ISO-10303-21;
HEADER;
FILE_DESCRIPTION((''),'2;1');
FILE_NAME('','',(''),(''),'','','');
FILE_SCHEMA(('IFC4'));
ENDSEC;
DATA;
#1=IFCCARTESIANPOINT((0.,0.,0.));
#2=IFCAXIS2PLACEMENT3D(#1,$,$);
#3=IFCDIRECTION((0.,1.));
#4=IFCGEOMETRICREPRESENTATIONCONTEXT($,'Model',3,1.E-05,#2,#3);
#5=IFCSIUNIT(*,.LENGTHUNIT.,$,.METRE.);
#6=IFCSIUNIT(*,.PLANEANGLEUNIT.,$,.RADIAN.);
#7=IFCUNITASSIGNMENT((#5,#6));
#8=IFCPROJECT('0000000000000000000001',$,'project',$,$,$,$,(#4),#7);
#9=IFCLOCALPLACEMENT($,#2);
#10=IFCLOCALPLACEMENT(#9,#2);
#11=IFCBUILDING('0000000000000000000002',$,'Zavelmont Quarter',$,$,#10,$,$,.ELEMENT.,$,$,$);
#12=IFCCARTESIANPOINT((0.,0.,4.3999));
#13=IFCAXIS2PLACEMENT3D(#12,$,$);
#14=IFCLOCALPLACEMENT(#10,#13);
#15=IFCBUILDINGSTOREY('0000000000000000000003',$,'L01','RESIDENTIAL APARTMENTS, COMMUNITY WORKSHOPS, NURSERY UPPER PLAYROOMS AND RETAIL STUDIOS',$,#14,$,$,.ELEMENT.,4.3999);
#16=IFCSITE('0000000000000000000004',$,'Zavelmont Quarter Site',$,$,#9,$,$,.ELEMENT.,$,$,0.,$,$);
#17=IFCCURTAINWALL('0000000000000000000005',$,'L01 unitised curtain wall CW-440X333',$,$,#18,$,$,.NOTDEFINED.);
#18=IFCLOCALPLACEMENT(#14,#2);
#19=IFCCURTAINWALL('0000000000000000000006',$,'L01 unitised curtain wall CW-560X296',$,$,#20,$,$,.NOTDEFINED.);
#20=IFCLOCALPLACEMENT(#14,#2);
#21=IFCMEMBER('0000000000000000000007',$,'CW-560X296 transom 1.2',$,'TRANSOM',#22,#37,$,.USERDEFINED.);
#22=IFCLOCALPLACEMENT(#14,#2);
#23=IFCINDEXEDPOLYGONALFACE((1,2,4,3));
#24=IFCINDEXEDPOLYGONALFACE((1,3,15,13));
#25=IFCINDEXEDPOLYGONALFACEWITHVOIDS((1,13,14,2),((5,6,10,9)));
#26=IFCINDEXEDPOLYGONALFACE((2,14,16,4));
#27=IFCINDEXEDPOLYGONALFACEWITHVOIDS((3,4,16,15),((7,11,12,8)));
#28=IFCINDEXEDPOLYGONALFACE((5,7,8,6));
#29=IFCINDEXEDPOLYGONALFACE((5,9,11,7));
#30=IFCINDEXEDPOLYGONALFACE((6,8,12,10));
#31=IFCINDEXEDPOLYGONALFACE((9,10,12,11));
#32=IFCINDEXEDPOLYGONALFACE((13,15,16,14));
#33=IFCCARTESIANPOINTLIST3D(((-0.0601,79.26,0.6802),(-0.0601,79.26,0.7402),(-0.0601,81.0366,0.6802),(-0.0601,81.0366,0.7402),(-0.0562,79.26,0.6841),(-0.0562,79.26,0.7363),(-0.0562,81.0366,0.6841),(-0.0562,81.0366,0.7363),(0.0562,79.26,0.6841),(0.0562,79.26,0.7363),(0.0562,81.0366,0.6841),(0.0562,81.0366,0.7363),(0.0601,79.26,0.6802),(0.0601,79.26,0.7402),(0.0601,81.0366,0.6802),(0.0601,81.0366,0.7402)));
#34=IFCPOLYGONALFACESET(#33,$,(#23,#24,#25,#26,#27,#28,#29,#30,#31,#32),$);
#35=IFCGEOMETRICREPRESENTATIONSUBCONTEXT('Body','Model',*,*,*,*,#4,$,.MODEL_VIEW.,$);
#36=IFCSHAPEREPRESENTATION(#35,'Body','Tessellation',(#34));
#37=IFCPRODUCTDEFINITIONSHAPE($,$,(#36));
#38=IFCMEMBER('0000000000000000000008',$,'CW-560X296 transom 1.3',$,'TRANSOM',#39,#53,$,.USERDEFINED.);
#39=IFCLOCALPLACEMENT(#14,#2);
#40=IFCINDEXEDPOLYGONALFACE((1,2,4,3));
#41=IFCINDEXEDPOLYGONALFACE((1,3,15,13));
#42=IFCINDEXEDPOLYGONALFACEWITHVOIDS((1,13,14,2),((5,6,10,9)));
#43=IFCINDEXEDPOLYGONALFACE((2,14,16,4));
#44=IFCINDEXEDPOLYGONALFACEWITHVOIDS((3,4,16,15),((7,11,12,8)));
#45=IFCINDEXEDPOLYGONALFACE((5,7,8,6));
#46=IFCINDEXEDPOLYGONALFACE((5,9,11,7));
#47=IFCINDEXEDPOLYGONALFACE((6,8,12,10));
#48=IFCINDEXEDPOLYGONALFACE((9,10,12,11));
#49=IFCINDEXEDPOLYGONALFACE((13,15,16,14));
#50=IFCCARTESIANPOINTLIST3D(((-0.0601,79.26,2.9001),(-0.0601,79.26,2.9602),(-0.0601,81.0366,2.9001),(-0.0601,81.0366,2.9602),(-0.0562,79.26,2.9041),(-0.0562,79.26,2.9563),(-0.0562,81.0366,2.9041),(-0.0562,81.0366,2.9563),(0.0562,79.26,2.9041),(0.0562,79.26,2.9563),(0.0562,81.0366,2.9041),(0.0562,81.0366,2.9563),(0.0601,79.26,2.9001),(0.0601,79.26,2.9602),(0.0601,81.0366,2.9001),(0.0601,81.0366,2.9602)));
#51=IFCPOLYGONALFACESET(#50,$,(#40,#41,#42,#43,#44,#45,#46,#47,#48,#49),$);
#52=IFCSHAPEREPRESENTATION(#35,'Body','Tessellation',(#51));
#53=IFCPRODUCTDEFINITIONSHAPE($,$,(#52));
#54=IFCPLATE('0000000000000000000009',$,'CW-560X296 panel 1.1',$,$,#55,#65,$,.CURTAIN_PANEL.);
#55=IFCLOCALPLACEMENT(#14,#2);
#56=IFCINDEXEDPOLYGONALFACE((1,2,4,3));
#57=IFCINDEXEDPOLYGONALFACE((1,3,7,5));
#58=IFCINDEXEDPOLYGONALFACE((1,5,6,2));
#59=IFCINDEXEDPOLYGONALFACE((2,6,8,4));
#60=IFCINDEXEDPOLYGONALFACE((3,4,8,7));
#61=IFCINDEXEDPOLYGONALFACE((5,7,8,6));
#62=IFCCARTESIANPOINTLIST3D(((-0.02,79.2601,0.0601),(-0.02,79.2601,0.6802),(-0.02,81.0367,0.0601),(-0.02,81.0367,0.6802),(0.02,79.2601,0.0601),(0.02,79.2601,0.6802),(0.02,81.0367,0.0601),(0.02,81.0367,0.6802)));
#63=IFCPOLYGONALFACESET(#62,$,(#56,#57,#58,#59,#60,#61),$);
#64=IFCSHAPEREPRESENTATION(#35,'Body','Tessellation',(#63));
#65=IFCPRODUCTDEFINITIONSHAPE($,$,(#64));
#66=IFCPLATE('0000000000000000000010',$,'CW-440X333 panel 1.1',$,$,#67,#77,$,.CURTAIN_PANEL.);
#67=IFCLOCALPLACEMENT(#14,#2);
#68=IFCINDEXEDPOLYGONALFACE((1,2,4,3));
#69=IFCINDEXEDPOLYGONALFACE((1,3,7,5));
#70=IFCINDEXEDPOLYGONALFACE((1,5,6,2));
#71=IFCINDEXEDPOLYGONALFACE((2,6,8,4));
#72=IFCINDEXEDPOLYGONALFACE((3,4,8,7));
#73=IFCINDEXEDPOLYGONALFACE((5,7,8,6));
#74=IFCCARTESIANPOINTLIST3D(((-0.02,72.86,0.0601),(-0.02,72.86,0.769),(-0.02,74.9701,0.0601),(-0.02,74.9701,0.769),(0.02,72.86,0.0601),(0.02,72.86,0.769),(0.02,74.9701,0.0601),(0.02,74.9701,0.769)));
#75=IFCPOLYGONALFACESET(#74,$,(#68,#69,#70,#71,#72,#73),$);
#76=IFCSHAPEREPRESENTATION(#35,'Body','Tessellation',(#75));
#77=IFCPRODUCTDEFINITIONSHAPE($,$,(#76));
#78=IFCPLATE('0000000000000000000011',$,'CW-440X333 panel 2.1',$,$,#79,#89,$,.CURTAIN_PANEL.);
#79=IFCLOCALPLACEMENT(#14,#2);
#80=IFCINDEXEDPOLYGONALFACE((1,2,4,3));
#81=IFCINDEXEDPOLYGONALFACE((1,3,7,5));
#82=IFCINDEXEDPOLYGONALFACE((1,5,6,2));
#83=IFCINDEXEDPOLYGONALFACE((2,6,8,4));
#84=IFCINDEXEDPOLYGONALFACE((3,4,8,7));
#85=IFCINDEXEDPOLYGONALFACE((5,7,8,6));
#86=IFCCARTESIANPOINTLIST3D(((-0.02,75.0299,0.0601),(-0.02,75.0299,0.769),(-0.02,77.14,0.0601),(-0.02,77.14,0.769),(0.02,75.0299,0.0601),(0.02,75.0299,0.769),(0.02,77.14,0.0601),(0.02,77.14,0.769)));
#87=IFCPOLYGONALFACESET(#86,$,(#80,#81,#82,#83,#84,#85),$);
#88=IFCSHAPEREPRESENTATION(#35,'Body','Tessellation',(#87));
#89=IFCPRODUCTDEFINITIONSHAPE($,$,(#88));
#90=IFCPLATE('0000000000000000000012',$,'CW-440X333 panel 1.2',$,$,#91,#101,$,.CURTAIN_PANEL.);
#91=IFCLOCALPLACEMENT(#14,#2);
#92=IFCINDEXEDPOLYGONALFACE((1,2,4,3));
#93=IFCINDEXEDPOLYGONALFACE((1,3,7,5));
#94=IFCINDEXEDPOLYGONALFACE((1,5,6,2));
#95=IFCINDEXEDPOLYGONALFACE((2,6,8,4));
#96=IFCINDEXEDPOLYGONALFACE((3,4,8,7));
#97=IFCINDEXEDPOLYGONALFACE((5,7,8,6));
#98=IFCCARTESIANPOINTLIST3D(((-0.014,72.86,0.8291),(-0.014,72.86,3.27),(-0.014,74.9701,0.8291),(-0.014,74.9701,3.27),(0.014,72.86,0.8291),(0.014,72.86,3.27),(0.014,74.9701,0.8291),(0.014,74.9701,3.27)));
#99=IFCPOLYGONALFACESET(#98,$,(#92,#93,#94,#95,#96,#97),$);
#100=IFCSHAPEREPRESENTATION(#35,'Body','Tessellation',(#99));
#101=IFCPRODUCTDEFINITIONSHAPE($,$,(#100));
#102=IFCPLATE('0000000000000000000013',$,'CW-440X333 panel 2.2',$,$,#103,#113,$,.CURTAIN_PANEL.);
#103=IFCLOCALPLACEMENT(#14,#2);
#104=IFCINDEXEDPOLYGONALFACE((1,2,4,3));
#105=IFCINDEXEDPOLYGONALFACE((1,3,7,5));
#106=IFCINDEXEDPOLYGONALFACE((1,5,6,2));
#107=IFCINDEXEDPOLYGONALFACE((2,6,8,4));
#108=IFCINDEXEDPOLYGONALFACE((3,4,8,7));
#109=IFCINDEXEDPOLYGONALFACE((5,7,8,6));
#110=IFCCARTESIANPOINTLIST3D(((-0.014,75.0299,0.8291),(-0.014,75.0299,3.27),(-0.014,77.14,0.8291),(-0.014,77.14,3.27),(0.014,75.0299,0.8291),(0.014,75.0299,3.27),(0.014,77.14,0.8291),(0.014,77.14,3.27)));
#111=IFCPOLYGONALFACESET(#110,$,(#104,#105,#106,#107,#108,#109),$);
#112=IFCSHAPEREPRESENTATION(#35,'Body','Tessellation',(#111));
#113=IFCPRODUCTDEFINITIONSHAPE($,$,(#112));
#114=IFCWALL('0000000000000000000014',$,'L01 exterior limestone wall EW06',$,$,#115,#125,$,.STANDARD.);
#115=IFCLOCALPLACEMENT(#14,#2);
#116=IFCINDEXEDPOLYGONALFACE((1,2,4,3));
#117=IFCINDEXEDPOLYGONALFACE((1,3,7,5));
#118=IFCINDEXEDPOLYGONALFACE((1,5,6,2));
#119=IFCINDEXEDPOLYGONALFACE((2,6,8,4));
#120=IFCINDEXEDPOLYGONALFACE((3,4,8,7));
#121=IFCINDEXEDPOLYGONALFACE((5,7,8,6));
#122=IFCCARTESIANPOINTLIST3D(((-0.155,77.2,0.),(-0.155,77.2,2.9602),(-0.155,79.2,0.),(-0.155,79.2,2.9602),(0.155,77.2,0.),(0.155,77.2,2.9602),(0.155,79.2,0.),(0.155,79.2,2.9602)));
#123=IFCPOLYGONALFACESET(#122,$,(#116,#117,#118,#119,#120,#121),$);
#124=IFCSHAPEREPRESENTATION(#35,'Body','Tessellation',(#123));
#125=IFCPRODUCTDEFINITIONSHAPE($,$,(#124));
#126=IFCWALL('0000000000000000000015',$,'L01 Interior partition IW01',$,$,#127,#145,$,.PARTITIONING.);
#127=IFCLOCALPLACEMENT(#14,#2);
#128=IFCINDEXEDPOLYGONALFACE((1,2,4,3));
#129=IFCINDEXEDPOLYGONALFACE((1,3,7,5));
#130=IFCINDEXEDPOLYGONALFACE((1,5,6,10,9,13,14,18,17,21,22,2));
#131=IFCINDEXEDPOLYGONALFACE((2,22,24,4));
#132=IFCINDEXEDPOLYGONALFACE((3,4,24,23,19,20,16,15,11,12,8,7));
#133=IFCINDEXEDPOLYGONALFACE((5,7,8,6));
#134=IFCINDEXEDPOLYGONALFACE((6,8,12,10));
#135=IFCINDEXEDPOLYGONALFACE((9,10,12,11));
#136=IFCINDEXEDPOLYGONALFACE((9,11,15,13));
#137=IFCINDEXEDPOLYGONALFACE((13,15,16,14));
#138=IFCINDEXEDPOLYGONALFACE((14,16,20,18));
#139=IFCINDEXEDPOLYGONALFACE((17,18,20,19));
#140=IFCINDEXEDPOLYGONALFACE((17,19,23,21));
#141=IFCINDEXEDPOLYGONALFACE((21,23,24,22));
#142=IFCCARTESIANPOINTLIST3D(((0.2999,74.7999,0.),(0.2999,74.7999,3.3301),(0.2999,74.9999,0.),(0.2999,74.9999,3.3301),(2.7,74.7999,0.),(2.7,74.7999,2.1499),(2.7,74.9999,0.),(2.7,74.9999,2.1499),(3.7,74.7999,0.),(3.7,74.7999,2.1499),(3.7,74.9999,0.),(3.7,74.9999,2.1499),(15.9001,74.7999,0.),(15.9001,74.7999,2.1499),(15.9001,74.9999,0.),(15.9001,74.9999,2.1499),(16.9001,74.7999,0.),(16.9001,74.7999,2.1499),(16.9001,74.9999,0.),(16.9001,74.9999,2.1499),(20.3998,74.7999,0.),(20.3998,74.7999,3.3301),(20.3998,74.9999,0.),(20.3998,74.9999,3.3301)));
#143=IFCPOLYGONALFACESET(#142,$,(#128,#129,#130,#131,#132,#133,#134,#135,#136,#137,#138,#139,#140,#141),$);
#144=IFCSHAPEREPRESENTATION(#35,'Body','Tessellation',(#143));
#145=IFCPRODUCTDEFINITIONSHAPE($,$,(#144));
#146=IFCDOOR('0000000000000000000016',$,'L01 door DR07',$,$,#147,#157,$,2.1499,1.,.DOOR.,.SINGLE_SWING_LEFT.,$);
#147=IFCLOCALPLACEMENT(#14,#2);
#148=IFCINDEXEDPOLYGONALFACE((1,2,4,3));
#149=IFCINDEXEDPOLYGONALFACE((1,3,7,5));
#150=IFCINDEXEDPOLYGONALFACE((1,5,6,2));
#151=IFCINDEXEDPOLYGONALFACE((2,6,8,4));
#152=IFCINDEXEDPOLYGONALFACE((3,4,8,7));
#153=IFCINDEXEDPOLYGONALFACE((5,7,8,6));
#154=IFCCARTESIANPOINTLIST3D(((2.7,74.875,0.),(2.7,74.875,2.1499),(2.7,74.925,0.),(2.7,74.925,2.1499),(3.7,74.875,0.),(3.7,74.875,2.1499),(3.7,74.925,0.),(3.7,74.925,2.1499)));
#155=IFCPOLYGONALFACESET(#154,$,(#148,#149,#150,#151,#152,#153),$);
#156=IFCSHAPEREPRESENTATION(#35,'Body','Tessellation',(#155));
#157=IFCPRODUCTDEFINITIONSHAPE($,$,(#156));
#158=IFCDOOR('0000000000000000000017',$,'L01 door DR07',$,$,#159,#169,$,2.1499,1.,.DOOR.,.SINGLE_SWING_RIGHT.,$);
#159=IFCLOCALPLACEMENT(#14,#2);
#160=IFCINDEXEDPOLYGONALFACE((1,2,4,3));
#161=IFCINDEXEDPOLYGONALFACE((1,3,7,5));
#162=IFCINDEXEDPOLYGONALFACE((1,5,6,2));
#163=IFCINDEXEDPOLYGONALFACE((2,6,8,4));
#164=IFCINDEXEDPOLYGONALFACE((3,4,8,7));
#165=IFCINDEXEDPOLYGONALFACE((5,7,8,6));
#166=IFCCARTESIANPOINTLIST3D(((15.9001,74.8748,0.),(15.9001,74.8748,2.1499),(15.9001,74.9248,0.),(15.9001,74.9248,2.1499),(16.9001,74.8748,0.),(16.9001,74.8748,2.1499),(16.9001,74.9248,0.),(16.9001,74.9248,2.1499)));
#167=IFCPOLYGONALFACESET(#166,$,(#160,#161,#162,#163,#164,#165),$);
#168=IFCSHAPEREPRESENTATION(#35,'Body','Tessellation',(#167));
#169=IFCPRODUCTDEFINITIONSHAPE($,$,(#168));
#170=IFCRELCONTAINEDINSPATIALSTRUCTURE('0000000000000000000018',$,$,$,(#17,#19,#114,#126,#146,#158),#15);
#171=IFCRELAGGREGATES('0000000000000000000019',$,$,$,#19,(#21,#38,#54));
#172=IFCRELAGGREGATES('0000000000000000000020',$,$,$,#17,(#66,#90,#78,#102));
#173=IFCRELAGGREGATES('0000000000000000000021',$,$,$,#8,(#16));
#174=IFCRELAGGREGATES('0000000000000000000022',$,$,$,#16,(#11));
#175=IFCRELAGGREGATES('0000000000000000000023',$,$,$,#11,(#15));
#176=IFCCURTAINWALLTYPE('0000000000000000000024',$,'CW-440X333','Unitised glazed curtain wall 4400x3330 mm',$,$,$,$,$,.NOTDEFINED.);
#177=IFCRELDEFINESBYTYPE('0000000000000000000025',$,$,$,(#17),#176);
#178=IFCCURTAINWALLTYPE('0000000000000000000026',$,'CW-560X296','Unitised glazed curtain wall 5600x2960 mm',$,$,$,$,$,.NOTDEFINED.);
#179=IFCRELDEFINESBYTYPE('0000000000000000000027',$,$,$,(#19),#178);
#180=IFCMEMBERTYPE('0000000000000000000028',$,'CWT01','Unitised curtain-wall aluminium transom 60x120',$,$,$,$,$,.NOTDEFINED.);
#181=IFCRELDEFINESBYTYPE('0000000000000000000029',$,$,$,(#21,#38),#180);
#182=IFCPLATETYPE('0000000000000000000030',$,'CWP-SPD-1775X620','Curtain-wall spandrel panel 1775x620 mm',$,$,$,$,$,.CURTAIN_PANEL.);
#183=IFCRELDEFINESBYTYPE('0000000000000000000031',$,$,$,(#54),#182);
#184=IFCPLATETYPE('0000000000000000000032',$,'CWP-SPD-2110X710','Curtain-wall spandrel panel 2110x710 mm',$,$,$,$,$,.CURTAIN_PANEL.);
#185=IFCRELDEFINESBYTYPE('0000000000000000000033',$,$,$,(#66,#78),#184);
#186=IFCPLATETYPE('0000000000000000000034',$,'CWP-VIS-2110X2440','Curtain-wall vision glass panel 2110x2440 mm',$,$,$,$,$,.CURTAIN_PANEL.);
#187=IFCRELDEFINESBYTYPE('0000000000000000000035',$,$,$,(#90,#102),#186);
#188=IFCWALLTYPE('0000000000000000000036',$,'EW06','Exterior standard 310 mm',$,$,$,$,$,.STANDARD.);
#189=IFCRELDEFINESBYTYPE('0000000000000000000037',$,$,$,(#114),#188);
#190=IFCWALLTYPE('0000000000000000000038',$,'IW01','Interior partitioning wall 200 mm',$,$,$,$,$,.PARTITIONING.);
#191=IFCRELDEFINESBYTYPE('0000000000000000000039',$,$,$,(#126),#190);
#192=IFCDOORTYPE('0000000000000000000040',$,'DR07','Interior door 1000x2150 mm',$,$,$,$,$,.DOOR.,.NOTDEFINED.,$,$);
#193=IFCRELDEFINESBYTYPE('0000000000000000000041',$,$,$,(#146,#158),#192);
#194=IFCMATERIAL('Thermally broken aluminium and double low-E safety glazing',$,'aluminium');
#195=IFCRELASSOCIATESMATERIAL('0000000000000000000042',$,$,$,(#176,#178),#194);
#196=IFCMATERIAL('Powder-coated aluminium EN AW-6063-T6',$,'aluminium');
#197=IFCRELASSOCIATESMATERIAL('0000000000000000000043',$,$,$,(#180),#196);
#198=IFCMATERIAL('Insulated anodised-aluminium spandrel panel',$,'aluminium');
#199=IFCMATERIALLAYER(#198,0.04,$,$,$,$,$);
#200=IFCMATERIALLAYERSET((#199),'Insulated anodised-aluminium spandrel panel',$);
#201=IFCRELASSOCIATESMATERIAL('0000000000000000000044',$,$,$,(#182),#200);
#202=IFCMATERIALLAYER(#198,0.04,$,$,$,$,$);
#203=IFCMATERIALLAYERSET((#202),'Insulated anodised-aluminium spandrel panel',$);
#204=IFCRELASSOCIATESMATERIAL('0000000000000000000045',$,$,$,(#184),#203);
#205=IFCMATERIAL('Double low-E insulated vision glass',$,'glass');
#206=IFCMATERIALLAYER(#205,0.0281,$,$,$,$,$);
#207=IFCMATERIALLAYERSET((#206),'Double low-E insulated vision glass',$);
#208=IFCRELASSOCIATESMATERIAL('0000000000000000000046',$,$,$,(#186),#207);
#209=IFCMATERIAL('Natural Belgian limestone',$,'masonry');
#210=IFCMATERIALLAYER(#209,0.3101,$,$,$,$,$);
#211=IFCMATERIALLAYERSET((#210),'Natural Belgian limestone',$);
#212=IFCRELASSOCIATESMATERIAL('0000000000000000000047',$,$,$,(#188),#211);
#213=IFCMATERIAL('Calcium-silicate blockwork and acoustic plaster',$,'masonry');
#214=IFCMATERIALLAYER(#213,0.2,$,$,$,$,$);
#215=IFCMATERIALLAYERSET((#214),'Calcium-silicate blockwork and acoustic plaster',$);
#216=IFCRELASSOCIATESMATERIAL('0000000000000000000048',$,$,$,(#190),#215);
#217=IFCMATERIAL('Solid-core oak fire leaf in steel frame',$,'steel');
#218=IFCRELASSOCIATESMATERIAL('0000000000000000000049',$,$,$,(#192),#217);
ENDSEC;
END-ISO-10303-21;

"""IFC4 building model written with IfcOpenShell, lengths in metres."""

from ifc_helpers import new_model, si_unit, direction, frame, frame_2d, origin, origin_with_axes, origin_2d, place, context, subcontext, project, spatial, rectangle, hollow_rectangle, extrude, material, layer, layer_set, material_profile, profile_set, type_object, element, fill, aggregate, save


model = new_model("IFC4")

# Units and contexts
model_context = context("Model", 3, precision=1e-05, world=origin(), true_north=direction((0.0, 1.0)))
body_context = subcontext(model_context, "Body", "Model", "MODEL_VIEW")
ifc_project = project(units=[si_unit("LENGTHUNIT", "METRE"), si_unit("PLANEANGLEUNIT", "RADIAN")], contexts=[model_context])

# Site, building, storey
site_placement = place(None, origin())
site = spatial("IfcSite", under=ifc_project, at=site_placement, Name="Zavelmont Quarter Site", CompositionType="ELEMENT", RefElevation=0.0)
building_placement = place(site_placement, origin())
building = spatial("IfcBuilding", under=site, at=building_placement, Name="Zavelmont Quarter", CompositionType="ELEMENT")
storey_placement = place(building_placement, frame((0.0, 0.0, 4.3999)))
storey = spatial("IfcBuildingStorey", under=building, at=storey_placement, Name="L01", Description="RESIDENTIAL APARTMENTS, COMMUNITY WORKSHOPS, NURSERY UPPER PLAYROOMS AND RETAIL STUDIOS", CompositionType="ELEMENT", Elevation=4.3999)

# Curtain wall
ifc_material_1 = material(Name="Thermally broken aluminium and double low-E safety glazing", Category="aluminium")
curtain_wall_type_1 = type_object("IfcCurtainWallType", Name="CW-440X333", Description="Unitised glazed curtain wall 4400x3330 mm", PredefinedType="NOTDEFINED", material=ifc_material_1)
curtain_wall_1_placement = place(storey_placement, origin())
curtain_wall_1 = element("IfcCurtainWall", 1, at=curtain_wall_1_placement, inside=storey, type_object=curtain_wall_type_1, Name="L01 unitised curtain wall CW-440X333", PredefinedType="NOTDEFINED")
ifc_material_2 = material(Name="Powder-coated aluminium EN AW-6063-T6", Category="aluminium")

# Curtain wall
curtain_wall_type_2 = type_object("IfcCurtainWallType", Name="CW-560X296", Description="Unitised glazed curtain wall 5600x2960 mm", PredefinedType="NOTDEFINED", material=ifc_material_1)
curtain_wall_2_placement = place(storey_placement, origin())
curtain_wall_2 = element("IfcCurtainWall", 2, at=curtain_wall_2_placement, inside=storey, type_object=curtain_wall_type_2, Name="L01 unitised curtain wall CW-560X296", PredefinedType="NOTDEFINED")

# Members
ifc_material_profile_1 = material_profile(ifc_material_2, hollow_rectangle(XDim=0.1201, YDim=0.0601, WallThickness=0.0039, at=origin_2d()), Name="CWT60X120")
ifc_profile_set_1 = profile_set([ifc_material_profile_1], Name="Powder-coated aluminium EN AW-6063-T6")
member_type_1 = type_object("IfcMemberType", Name="CWT01", Description="Unitised curtain-wall aluminium transom 60x120", PredefinedType="NOTDEFINED", material=ifc_profile_set_1)
member_1_placement = place(storey_placement, frame((0.0, 79.26, 0.7102), z_axis=(0.0, 1.0, 0.0), x_axis=(-1.0, 0.0, 0.0)))
member_1 = element("IfcMember", 3, at=member_1_placement, type_object=member_type_1, Name="CW-560X296 transom 1.2", ObjectType="TRANSOM", PredefinedType="USERDEFINED", context=body_context, shape_type="SweptSolid", body=[
    extrude(hollow_rectangle(XDim=0.1201, YDim=0.0601, WallThickness=0.0039, at=origin_2d()), origin(), (0.0, 0.0, 1.0), 1.7766),
])
member_2_placement = place(storey_placement, frame((0.0, 79.26, 2.9302), z_axis=(0.0, 1.0, 0.0), x_axis=(-1.0, 0.0, 0.0)))
member_2 = element("IfcMember", 4, at=member_2_placement, type_object=member_type_1, Name="CW-560X296 transom 1.3", ObjectType="TRANSOM", PredefinedType="USERDEFINED", context=body_context, shape_type="SweptSolid", body=[
    extrude(hollow_rectangle(XDim=0.1201, YDim=0.0601, WallThickness=0.0039, at=origin_2d()), origin(), (0.0, 0.0, 1.0), 1.7766),
])

# Plates
ifc_material_3 = material(Name="Insulated anodised-aluminium spandrel panel", Category="aluminium")
ifc_layer_1 = layer(ifc_material_3, 0.04)
ifc_layer_set_1 = layer_set([ifc_layer_1], Name="Insulated anodised-aluminium spandrel panel")
plate_type_1 = type_object("IfcPlateType", Name="CWP-SPD-1775X620", Description="Curtain-wall spandrel panel 1775x620 mm", PredefinedType="CURTAIN_PANEL", material=ifc_layer_set_1)
plate_1_placement = place(storey_placement, frame((0.0, 80.1484, 0.0601), z_axis=(0.0, 0.0, 1.0), x_axis=(0.0, 1.0, 0.0)))
plate_1 = element("IfcPlate", 5, at=plate_1_placement, type_object=plate_type_1, Name="CW-560X296 panel 1.1", PredefinedType="CURTAIN_PANEL", context=body_context, shape_type="SweptSolid", body=[
    extrude(rectangle(XDim=1.7766, YDim=0.04, at=origin_2d()), origin(), (0.0, 0.0, 1.0), 0.6201),
])
aggregate(curtain_wall_2, [member_1, member_2, plate_1])
ifc_layer_2 = layer(ifc_material_3, 0.04)
ifc_layer_set_2 = layer_set([ifc_layer_2], Name="Insulated anodised-aluminium spandrel panel")
plate_type_2 = type_object("IfcPlateType", Name="CWP-SPD-2110X710", Description="Curtain-wall spandrel panel 2110x710 mm", PredefinedType="CURTAIN_PANEL", material=ifc_layer_set_2)
plate_2_placement = place(storey_placement, frame((0.0, 73.915, 0.0601), z_axis=(0.0, 0.0, 1.0), x_axis=(0.0, 1.0, 0.0)))
plate_2 = element("IfcPlate", 6, at=plate_2_placement, type_object=plate_type_2, Name="CW-440X333 panel 1.1", PredefinedType="CURTAIN_PANEL", context=body_context, shape_type="SweptSolid", body=[
    extrude(rectangle(XDim=2.1101, YDim=0.04, at=origin_2d()), origin(), (0.0, 0.0, 1.0), 0.709),
])
plate_3_placement = place(storey_placement, frame((0.0, 76.085, 0.0601), z_axis=(0.0, 0.0, 1.0), x_axis=(0.0, 1.0, 0.0)))
plate_3 = element("IfcPlate", 7, at=plate_3_placement, type_object=plate_type_2, Name="CW-440X333 panel 2.1", PredefinedType="CURTAIN_PANEL", context=body_context, shape_type="SweptSolid", body=[
    extrude(rectangle(XDim=2.1101, YDim=0.04, at=origin_2d()), origin(), (0.0, 0.0, 1.0), 0.709),
])
ifc_material_4 = material(Name="Double low-E insulated vision glass", Category="glass")
ifc_layer_3 = layer(ifc_material_4, 0.0281)
ifc_layer_set_3 = layer_set([ifc_layer_3], Name="Double low-E insulated vision glass")
plate_type_3 = type_object("IfcPlateType", Name="CWP-VIS-2110X2440", Description="Curtain-wall vision glass panel 2110x2440 mm", PredefinedType="CURTAIN_PANEL", material=ifc_layer_set_3)
plate_4_placement = place(storey_placement, frame((0.0, 73.915, 0.8291), z_axis=(0.0, 0.0, 1.0), x_axis=(0.0, 1.0, 0.0)))
plate_4 = element("IfcPlate", 8, at=plate_4_placement, type_object=plate_type_3, Name="CW-440X333 panel 1.2", PredefinedType="CURTAIN_PANEL", context=body_context, shape_type="SweptSolid", body=[
    extrude(rectangle(XDim=2.1101, YDim=0.0281, at=origin_2d()), origin(), (0.0, 0.0, 1.0), 2.4409),
])
plate_5_placement = place(storey_placement, frame((0.0, 76.085, 0.8291), z_axis=(0.0, 0.0, 1.0), x_axis=(0.0, 1.0, 0.0)))
plate_5 = element("IfcPlate", 9, at=plate_5_placement, type_object=plate_type_3, Name="CW-440X333 panel 2.2", PredefinedType="CURTAIN_PANEL", context=body_context, shape_type="SweptSolid", body=[
    extrude(rectangle(XDim=2.1101, YDim=0.0281, at=origin_2d()), origin(), (0.0, 0.0, 1.0), 2.4409),
])
aggregate(curtain_wall_1, [plate_2, plate_4, plate_3, plate_5])

# Wall
ifc_material_5 = material(Name="Natural Belgian limestone", Category="masonry")
ifc_layer_4 = layer(ifc_material_5, 0.3101)
ifc_layer_set_4 = layer_set([ifc_layer_4], Name="Natural Belgian limestone")
wall_type_1 = type_object("IfcWallType", Name="EW06", Description="Exterior standard 310 mm", PredefinedType="STANDARD", material=ifc_layer_set_4)
wall_1_placement = place(storey_placement, frame((0.0, 77.2, 0.0), z_axis=(0.0, 0.0, 1.0), x_axis=(0.0, 1.0, 0.0)))
element("IfcWall", 10, at=wall_1_placement, inside=storey, type_object=wall_type_1, Name="L01 exterior limestone wall EW06", PredefinedType="STANDARD", context=body_context, shape_type="SweptSolid", body=[
    extrude(rectangle(XDim=2.0, YDim=0.3101, at=frame_2d((1.0, 0.0))), origin(), (0.0, 0.0, 1.0), 2.9602),
])

# Wall, openings, doors
ifc_material_6 = material(Name="Calcium-silicate blockwork and acoustic plaster", Category="masonry")
ifc_layer_5 = layer(ifc_material_6, 0.2)
ifc_layer_set_5 = layer_set([ifc_layer_5], Name="Calcium-silicate blockwork and acoustic plaster")
wall_type_2 = type_object("IfcWallType", Name="IW01", Description="Interior partitioning wall 200 mm", PredefinedType="PARTITIONING", material=ifc_layer_set_5)
wall_2_placement = place(storey_placement, frame((0.3, 74.8999, 0.0), z_axis=(0.0, 0.0, 1.0), x_axis=(1.0, 0.0, 0.0)))
wall_2 = element("IfcWall", 11, at=wall_2_placement, inside=storey, type_object=wall_type_2, Name="L01 Interior partition IW01", PredefinedType="PARTITIONING", context=body_context, shape_type="SweptSolid", body=[
    extrude(rectangle(XDim=20.0999, YDim=0.2, at=frame_2d((10.0498, 0.0))), origin(), (0.0, 0.0, 1.0), 3.3301),
])
opening_1_placement = place(wall_2_placement, frame((2.3999, 0.0, 0.0)))
opening_1 = element("IfcOpeningElement", 12, at=opening_1_placement, cuts=wall_2, PredefinedType="OPENING", context=body_context, shape_type="SweptSolid", body=[
    extrude(rectangle(XDim=1.0, YDim=2.1499, at=frame_2d((0.5, 1.075))), frame((0.0, 0.1118, 0.0), z_axis=(0.0, -1.0, 0.0), x_axis=(1.0, 0.0, 0.0)), (0.0, 0.0, 1.0), 0.2239),
])
opening_2_placement = place(wall_2_placement, frame((15.6001, 0.0, 0.0)))
opening_2 = element("IfcOpeningElement", 13, at=opening_2_placement, cuts=wall_2, PredefinedType="OPENING", context=body_context, shape_type="SweptSolid", body=[
    extrude(rectangle(XDim=1.0, YDim=2.1499, at=frame_2d((0.5, 1.075))), frame((0.0, 0.1118, 0.0), z_axis=(0.0, -1.0, 0.0), x_axis=(1.0, 0.0, 0.0)), (0.0, 0.0, 1.0), 0.2239),
])
ifc_material_7 = material(Name="Solid-core oak fire leaf in steel frame", Category="steel")
door_type_1 = type_object("IfcDoorType", Name="DR07", Description="Interior door 1000x2150 mm", OperationType="NOTDEFINED", PredefinedType="DOOR", material=ifc_material_7)
door_1_placement = place(opening_1_placement, frame((1.0, 0.0, 0.0), z_axis=(0.0, 0.0, 1.0), x_axis=(-1.0, 0.0, 0.0)))
door_1 = element("IfcDoor", 14, at=door_1_placement, inside=storey, type_object=door_type_1, Name="L01 door DR07", OperationType="SINGLE_SWING_LEFT", OverallHeight=2.1499, OverallWidth=1.0, PredefinedType="DOOR", context=body_context, shape_type="SweptSolid", body=[
    extrude(rectangle(XDim=1.0, YDim=2.1499, at=frame_2d((0.5, 1.075))), frame((0.0, 0.0249, 0.0), z_axis=(0.0, -1.0, 0.0), x_axis=(1.0, 0.0, 0.0)), (0.0, 0.0, 1.0), 0.05),
])
fill(opening_1, door_1)
door_2_placement = place(opening_2_placement, origin_with_axes())
door_2 = element("IfcDoor", 15, at=door_2_placement, inside=storey, type_object=door_type_1, Name="L01 door DR07", OperationType="SINGLE_SWING_RIGHT", OverallHeight=2.1499, OverallWidth=1.0, PredefinedType="DOOR", context=body_context, shape_type="SweptSolid", body=[
    extrude(rectangle(XDim=1.0, YDim=2.1499, at=frame_2d((0.5, 1.075))), frame((0.0, 0.0249, 0.0), z_axis=(0.0, -1.0, 0.0), x_axis=(1.0, 0.0, 0.0)), (0.0, 0.0, 1.0), 0.05),
])
fill(opening_2, door_2)

save(model, "model.ifc")
